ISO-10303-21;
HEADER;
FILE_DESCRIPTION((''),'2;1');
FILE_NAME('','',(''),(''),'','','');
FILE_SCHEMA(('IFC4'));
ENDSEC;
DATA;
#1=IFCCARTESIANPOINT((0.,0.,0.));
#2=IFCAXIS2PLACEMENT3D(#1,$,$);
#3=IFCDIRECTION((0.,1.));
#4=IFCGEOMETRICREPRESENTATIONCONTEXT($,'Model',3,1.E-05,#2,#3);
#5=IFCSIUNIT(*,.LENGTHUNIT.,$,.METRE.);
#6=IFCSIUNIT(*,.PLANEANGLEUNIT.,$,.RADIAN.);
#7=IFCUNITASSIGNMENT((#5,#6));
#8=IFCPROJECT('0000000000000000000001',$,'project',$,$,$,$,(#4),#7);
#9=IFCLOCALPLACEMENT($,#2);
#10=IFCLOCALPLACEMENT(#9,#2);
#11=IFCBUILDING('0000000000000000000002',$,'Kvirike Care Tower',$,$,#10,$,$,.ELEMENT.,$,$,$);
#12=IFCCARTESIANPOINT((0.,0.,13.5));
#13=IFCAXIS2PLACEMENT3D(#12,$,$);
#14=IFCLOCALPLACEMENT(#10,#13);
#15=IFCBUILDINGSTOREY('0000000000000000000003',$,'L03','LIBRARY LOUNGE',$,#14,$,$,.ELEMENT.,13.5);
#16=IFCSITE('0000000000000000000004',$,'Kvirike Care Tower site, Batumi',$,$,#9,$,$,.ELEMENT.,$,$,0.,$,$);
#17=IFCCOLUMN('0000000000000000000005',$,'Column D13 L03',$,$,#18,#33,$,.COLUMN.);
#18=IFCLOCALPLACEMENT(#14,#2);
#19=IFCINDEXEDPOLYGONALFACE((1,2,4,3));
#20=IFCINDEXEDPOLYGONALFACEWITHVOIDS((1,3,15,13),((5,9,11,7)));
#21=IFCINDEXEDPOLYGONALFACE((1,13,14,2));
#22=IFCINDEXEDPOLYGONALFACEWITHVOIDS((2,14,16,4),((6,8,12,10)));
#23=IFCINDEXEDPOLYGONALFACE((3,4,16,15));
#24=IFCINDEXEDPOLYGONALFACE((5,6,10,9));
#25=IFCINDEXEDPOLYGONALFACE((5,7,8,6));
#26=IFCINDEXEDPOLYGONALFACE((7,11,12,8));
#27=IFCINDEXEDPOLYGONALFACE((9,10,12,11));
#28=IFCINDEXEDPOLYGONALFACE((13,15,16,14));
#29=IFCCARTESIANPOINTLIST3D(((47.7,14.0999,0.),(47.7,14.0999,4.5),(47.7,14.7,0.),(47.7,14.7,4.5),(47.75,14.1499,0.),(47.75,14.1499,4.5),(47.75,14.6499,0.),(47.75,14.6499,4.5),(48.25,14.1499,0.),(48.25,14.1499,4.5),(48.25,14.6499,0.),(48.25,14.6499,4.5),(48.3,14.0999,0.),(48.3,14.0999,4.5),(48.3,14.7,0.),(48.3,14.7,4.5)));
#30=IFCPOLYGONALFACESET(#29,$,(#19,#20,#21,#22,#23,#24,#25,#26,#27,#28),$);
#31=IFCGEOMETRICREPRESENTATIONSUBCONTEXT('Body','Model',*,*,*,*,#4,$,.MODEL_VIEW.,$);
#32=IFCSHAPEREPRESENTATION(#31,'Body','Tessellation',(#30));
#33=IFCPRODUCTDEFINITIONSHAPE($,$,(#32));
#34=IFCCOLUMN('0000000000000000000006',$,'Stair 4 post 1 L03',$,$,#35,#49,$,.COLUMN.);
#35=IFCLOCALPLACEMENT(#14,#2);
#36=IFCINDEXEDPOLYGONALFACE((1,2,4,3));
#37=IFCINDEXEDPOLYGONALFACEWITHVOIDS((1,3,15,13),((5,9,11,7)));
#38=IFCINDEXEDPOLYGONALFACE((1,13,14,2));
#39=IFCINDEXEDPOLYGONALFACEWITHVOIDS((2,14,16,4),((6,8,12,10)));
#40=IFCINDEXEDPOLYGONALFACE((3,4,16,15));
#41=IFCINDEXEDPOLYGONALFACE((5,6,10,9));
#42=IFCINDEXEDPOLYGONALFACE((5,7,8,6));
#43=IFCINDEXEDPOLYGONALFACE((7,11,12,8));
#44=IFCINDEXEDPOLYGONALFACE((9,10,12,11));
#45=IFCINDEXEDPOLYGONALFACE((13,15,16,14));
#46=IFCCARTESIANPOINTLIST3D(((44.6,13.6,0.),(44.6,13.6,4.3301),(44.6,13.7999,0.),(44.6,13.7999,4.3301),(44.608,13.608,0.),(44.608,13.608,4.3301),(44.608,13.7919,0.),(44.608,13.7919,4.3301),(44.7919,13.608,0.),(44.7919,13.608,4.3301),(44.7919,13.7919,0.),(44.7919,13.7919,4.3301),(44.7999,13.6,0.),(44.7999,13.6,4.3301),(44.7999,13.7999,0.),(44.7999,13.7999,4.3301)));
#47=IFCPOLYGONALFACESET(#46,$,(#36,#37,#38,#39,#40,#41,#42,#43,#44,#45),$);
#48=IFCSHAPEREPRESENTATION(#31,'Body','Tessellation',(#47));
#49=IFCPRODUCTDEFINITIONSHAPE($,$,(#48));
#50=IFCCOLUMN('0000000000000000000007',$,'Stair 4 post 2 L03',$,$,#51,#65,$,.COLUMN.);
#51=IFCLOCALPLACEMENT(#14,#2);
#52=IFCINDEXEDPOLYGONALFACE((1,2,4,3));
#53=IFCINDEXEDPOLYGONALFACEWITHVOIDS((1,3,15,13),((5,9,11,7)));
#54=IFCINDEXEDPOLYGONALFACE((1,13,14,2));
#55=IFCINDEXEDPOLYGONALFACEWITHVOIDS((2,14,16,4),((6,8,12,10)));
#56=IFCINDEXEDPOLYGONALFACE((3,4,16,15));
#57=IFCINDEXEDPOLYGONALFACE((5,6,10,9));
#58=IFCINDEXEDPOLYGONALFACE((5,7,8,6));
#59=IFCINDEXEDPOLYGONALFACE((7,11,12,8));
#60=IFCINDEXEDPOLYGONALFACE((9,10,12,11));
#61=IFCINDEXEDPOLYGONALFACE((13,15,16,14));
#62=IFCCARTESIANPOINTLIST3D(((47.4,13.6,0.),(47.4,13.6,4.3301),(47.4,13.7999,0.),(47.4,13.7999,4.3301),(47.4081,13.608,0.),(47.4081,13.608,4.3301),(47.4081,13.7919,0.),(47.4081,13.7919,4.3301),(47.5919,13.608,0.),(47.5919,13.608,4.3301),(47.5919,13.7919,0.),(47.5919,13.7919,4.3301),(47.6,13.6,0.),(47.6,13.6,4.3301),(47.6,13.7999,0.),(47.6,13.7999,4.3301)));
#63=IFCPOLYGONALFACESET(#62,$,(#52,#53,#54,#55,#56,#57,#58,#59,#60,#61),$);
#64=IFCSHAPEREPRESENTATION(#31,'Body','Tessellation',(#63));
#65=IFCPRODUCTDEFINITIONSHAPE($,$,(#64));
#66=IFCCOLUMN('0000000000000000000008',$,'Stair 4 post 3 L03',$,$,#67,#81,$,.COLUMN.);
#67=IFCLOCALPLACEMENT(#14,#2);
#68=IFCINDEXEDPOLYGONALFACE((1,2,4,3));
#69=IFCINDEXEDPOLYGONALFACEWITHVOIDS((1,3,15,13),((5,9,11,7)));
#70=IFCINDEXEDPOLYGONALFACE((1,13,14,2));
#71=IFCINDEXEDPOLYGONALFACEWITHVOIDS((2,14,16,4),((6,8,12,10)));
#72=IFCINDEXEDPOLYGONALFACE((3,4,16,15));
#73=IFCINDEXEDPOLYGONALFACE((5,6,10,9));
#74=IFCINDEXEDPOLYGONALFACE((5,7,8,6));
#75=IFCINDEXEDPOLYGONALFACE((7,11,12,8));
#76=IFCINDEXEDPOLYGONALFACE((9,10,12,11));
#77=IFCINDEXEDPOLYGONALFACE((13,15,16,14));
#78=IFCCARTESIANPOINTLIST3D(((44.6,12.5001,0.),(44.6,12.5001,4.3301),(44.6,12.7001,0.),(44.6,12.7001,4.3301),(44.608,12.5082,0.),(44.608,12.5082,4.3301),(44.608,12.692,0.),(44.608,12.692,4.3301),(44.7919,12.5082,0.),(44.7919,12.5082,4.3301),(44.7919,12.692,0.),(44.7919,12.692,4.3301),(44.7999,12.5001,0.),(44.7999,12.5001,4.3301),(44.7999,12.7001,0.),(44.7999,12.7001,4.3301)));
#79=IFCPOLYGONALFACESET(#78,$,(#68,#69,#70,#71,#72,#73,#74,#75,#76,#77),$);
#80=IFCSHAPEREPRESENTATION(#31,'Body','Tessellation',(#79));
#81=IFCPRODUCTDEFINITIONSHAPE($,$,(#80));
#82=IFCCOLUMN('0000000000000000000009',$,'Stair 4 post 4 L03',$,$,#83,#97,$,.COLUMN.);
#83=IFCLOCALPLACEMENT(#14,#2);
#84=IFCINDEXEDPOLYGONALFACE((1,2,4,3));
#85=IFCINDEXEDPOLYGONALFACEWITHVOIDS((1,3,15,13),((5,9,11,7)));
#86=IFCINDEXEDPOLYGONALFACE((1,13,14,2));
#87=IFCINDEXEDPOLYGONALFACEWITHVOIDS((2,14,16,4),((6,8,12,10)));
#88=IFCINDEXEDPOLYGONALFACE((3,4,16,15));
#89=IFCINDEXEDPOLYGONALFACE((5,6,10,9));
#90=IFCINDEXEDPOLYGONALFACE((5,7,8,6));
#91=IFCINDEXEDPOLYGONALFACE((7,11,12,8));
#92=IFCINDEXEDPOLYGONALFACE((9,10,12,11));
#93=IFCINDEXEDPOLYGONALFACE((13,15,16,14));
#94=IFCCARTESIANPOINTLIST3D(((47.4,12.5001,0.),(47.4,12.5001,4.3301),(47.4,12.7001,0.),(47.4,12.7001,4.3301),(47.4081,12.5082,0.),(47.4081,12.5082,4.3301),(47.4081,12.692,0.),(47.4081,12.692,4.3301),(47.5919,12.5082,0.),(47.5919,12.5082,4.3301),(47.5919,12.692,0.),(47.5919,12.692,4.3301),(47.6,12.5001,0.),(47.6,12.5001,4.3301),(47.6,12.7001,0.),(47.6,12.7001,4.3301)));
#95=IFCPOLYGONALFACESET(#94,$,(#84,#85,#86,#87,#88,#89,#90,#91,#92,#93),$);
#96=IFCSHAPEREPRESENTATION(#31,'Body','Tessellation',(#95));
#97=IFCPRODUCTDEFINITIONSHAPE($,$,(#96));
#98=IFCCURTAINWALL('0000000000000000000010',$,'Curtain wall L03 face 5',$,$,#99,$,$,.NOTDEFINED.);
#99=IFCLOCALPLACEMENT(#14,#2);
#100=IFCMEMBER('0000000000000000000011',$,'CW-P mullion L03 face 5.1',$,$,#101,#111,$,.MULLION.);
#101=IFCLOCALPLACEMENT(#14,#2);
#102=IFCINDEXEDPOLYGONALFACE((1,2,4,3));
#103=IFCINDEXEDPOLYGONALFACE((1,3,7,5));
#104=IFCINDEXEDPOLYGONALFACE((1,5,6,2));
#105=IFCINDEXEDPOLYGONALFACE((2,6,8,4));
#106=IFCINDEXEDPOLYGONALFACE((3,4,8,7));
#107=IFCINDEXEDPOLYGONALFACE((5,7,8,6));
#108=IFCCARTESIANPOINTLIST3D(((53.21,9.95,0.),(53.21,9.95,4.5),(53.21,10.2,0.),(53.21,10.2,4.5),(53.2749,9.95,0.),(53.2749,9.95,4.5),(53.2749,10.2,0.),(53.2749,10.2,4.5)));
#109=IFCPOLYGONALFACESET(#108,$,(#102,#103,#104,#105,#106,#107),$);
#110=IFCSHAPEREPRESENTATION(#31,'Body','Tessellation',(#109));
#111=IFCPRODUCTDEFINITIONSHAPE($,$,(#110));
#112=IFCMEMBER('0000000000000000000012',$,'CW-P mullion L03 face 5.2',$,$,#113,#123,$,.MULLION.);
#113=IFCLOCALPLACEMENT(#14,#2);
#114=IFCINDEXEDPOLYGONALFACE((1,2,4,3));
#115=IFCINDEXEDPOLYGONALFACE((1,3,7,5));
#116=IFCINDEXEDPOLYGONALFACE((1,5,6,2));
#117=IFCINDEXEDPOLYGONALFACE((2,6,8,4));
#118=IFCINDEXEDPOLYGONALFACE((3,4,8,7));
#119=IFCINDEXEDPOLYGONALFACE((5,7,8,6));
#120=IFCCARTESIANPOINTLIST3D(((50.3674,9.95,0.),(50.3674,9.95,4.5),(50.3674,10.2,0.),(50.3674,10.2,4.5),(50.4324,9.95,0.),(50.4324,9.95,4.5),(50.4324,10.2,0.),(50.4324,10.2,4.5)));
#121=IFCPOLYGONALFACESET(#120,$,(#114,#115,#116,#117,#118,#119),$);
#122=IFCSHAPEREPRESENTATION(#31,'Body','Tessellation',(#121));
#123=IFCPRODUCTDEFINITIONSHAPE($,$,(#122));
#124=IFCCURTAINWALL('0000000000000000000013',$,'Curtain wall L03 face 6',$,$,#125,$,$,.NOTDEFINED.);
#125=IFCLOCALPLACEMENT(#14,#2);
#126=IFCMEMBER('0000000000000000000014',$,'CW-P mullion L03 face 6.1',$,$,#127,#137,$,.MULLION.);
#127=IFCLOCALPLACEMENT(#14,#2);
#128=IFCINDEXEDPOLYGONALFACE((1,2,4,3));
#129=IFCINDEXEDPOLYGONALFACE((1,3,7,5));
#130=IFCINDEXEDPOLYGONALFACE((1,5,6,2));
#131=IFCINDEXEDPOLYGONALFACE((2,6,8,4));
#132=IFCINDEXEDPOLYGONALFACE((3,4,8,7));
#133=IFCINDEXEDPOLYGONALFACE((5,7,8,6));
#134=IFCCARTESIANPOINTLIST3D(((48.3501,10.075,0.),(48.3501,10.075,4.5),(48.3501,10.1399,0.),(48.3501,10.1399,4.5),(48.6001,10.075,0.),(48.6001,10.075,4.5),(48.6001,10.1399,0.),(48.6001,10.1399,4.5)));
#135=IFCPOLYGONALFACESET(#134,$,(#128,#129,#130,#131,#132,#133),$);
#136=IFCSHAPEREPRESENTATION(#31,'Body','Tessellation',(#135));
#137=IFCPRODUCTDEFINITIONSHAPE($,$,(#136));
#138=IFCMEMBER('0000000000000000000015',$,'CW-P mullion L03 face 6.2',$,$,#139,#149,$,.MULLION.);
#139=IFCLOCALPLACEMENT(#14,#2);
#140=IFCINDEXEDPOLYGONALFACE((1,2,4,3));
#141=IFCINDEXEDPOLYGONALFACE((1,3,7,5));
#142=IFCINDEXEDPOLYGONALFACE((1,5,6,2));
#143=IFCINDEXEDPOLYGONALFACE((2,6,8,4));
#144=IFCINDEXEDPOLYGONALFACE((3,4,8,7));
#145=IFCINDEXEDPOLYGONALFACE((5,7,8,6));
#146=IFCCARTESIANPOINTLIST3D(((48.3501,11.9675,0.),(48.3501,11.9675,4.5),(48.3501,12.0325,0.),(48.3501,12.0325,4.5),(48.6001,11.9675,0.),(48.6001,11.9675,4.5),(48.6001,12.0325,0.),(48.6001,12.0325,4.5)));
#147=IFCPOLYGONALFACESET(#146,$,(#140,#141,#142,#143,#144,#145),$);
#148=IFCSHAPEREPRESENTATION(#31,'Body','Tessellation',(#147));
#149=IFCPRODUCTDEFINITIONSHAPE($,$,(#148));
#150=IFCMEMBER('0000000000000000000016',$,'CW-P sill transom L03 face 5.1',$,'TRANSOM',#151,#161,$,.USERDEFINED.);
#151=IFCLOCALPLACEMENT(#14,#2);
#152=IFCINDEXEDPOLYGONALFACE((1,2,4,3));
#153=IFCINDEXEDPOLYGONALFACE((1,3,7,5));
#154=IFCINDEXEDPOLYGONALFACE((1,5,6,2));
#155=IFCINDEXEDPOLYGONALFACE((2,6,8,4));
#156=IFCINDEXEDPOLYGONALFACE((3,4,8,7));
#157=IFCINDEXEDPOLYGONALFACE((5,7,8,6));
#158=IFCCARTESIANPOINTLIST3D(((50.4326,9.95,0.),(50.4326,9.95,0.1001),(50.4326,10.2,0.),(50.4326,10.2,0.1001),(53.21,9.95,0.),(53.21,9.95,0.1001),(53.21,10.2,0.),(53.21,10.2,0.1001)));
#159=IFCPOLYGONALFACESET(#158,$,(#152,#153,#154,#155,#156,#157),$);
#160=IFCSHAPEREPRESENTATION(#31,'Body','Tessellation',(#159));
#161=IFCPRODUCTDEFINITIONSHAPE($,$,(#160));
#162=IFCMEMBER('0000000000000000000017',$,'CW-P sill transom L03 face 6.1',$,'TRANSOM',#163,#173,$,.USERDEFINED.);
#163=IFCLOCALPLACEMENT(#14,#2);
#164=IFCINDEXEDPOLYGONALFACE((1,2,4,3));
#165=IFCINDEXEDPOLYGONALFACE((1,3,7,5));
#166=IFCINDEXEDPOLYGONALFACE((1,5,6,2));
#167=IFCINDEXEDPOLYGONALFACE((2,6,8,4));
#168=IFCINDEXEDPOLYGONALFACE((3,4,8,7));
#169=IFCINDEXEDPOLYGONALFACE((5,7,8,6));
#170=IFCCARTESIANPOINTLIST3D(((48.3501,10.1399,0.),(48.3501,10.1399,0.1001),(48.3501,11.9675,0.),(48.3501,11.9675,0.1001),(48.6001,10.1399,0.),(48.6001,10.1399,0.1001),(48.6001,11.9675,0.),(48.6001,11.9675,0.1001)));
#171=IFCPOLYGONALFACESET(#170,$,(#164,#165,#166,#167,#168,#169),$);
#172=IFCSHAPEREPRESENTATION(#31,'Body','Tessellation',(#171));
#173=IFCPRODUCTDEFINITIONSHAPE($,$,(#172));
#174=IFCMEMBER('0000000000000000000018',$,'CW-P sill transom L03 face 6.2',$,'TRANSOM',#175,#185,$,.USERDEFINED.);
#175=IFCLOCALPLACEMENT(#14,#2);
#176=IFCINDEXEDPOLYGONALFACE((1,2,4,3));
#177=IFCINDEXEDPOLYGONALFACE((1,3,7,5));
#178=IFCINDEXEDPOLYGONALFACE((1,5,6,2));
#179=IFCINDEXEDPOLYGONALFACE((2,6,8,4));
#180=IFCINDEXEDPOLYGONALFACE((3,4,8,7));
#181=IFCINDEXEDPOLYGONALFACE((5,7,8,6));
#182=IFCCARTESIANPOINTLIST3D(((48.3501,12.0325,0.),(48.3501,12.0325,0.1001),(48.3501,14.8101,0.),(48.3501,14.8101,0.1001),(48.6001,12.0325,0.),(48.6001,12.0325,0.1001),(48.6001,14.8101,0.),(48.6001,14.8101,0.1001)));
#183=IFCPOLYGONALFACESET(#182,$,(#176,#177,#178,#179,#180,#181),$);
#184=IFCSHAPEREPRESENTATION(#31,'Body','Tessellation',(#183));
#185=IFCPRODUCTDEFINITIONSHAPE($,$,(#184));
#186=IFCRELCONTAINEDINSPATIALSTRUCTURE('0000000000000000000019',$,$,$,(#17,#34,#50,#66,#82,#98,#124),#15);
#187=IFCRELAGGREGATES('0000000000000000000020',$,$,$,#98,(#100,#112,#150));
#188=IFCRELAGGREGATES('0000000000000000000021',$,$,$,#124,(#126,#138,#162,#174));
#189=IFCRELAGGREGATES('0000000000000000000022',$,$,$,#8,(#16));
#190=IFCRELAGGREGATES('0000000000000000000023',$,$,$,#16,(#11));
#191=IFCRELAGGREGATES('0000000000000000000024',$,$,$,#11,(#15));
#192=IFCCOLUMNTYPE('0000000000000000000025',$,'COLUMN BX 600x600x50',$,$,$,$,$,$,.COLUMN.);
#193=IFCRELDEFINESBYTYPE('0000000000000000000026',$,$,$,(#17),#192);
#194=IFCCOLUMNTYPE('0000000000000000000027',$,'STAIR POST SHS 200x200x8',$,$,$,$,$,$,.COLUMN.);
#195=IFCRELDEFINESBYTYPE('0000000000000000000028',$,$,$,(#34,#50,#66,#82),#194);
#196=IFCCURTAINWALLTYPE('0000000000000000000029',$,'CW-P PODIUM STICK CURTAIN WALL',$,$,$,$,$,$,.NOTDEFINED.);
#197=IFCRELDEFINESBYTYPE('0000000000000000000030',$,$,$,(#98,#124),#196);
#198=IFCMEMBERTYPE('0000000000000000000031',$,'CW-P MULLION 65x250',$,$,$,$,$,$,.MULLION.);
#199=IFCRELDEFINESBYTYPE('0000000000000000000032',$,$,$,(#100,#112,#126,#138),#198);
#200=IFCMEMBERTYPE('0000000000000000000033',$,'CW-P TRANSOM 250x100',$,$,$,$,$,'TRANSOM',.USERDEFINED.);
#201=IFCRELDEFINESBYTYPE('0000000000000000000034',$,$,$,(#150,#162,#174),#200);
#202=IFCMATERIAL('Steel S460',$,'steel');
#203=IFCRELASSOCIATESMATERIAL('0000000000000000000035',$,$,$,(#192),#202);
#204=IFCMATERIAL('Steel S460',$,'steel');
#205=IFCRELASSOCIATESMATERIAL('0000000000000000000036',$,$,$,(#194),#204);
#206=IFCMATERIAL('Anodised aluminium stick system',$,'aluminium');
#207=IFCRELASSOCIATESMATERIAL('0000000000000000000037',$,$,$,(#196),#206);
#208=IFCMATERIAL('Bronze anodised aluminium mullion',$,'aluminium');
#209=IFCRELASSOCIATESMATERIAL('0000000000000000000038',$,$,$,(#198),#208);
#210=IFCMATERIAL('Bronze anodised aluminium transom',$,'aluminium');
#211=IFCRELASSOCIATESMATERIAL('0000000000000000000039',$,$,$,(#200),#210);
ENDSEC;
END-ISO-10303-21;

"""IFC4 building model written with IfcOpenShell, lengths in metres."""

from ifc_helpers import new_model, si_unit, direction, frame, origin, origin_2d, place, context, subcontext, project, spatial, rectangle, hollow_rectangle, extrude, material, material_profile, profile_set, type_object, element, aggregate, save


model = new_model("IFC4")

# Units and contexts
model_context = context("Model", 3, precision=1e-05, world=origin(), true_north=direction((0.0, 1.0)))
body_context = subcontext(model_context, "Body", "Model", "MODEL_VIEW")
ifc_project = project(units=[si_unit("LENGTHUNIT", "METRE"), si_unit("PLANEANGLEUNIT", "RADIAN")], contexts=[model_context])

# Site, building, storey
site_placement = place(None, origin())
site = spatial("IfcSite", under=ifc_project, at=site_placement, Name="Kvirike Care Tower site, Batumi", CompositionType="ELEMENT", RefElevation=0.0)
building_placement = place(site_placement, origin())
building = spatial("IfcBuilding", under=site, at=building_placement, Name="Kvirike Care Tower", CompositionType="ELEMENT")
storey_placement = place(building_placement, frame((0.0, 0.0, 13.5)))
storey = spatial("IfcBuildingStorey", under=building, at=storey_placement, Name="L03", Description="LIBRARY LOUNGE", CompositionType="ELEMENT", Elevation=13.5)

# Columns
ifc_material_1 = material(Name="Steel S460", Category="steel")
ifc_material_profile_1 = material_profile(ifc_material_1, hollow_rectangle(XDim=0.6001, YDim=0.6001, WallThickness=0.05, at=origin_2d()), Name="BX 600x600x50")
ifc_profile_set_1 = profile_set([ifc_material_profile_1], Name="Steel S460")
column_type_1 = type_object("IfcColumnType", Name="COLUMN BX 600x600x50", PredefinedType="COLUMN", material=ifc_profile_set_1)
column_placement = place(storey_placement, frame((48.0, 14.3999, 0.0), z_axis=(0.0, 0.0, 1.0), x_axis=(0.0, 1.0, 0.0)))
element("IfcColumn", 1, at=column_placement, inside=storey, type_object=column_type_1, Name="Column D13 L03", PredefinedType="COLUMN", context=body_context, shape_type="SweptSolid", body=[
    extrude(hollow_rectangle(XDim=0.6001, YDim=0.6001, WallThickness=0.05, at=origin_2d()), origin(), (0.0, 0.0, 1.0), 4.5),
])
ifc_material_2 = material(Name="Steel S460", Category="steel")
ifc_material_profile_2 = material_profile(ifc_material_2, hollow_rectangle(XDim=0.2, YDim=0.2, WallThickness=0.0081, at=origin_2d()), Name="SHS 200x200x8")
ifc_profile_set_2 = profile_set([ifc_material_profile_2], Name="Steel S460")
column_type_2 = type_object("IfcColumnType", Name="STAIR POST SHS 200x200x8", PredefinedType="COLUMN", material=ifc_profile_set_2)
for number, where, z_axis, x_axis, name in (
    (2, (44.7, 13.7, 0.0), (0.0, 0.0, 1.0), (1.0, 0.0, 0.0), "Stair 4 post 1 L03"),
    (3, (47.5, 13.7, 0.0), (0.0, 0.0, 1.0), (1.0, 0.0, 0.0), "Stair 4 post 2 L03"),
    (4, (44.7, 12.6001, 0.0), (0.0, 0.0, 1.0), (1.0, 0.0, 0.0), "Stair 4 post 3 L03"),
    (5, (47.5, 12.6001, 0.0), (0.0, 0.0, 1.0), (1.0, 0.0, 0.0), "Stair 4 post 4 L03"),
):
    element("IfcColumn", number, at=place(storey_placement, frame(where, z_axis=z_axis, x_axis=x_axis)), inside=storey, type_object=column_type_2, Name=name, PredefinedType="COLUMN", context=body_context, shape_type="SweptSolid", body=[
        extrude(hollow_rectangle(XDim=0.2, YDim=0.2, WallThickness=0.0081, at=origin_2d()), origin(), (0.0, 0.0, 1.0), 4.3301),
    ])

# Curtain walls, members
ifc_material_3 = material(Name="Anodised aluminium stick system", Category="aluminium")
curtain_wall_type = type_object("IfcCurtainWallType", Name="CW-P PODIUM STICK CURTAIN WALL", PredefinedType="NOTDEFINED", material=ifc_material_3)
curtain_wall_1_placement = place(storey_placement, origin())
curtain_wall_1 = element("IfcCurtainWall", 6, at=curtain_wall_1_placement, inside=storey, type_object=curtain_wall_type, Name="Curtain wall L03 face 5", PredefinedType="NOTDEFINED")
ifc_material_4 = material(Name="Bronze anodised aluminium mullion", Category="aluminium")
ifc_material_profile_3 = material_profile(ifc_material_4, rectangle(XDim=0.0649, YDim=0.25, at=origin_2d()), Name="CW-P MULLION 65x250")
ifc_profile_set_3 = profile_set([ifc_material_profile_3], Name="Bronze anodised aluminium mullion")
member_type_1 = type_object("IfcMemberType", Name="CW-P MULLION 65x250", PredefinedType="MULLION", material=ifc_profile_set_3)
member_1_placement = place(storey_placement, frame((53.2424, 10.075, 0.0), z_axis=(0.0, 0.0, 1.0), x_axis=(-1.0, 0.0, 0.0)))
member_1 = element("IfcMember", 7, at=member_1_placement, type_object=member_type_1, Name="CW-P mullion L03 face 5.1", PredefinedType="MULLION", context=body_context, shape_type="SweptSolid", body=[
    extrude(rectangle(XDim=0.0649, YDim=0.25, at=origin_2d()), origin(), (0.0, 0.0, 1.0), 4.5),
])
member_2_placement = place(storey_placement, frame((50.3999, 10.075, 0.0), z_axis=(0.0, 0.0, 1.0), x_axis=(-1.0, 0.0, 0.0)))
member_2 = element("IfcMember", 8, at=member_2_placement, type_object=member_type_1, Name="CW-P mullion L03 face 5.2", PredefinedType="MULLION", context=body_context, shape_type="SweptSolid", body=[
    extrude(rectangle(XDim=0.0649, YDim=0.25, at=origin_2d()), origin(), (0.0, 0.0, 1.0), 4.5),
])
curtain_wall_2_placement = place(storey_placement, origin())
curtain_wall_2 = element("IfcCurtainWall", 9, at=curtain_wall_2_placement, inside=storey, type_object=curtain_wall_type, Name="Curtain wall L03 face 6", PredefinedType="NOTDEFINED")
member_3_placement = place(storey_placement, frame((48.4751, 10.1074, 0.0), z_axis=(0.0, 0.0, 1.0), x_axis=(0.0, 1.0, 0.0)))
member_3 = element("IfcMember", 10, at=member_3_placement, type_object=member_type_1, Name="CW-P mullion L03 face 6.1", PredefinedType="MULLION", context=body_context, shape_type="SweptSolid", body=[
    extrude(rectangle(XDim=0.0649, YDim=0.25, at=origin_2d()), origin(), (0.0, 0.0, 1.0), 4.5),
])
member_4_placement = place(storey_placement, frame((48.4751, 12.0, 0.0), z_axis=(0.0, 0.0, 1.0), x_axis=(0.0, 1.0, 0.0)))
member_4 = element("IfcMember", 11, at=member_4_placement, type_object=member_type_1, Name="CW-P mullion L03 face 6.2", PredefinedType="MULLION", context=body_context, shape_type="SweptSolid", body=[
    extrude(rectangle(XDim=0.0649, YDim=0.25, at=origin_2d()), origin(), (0.0, 0.0, 1.0), 4.5),
])

# Members
ifc_material_5 = material(Name="Bronze anodised aluminium transom", Category="aluminium")
ifc_material_profile_4 = material_profile(ifc_material_5, rectangle(XDim=0.25, YDim=0.1001, at=origin_2d()), Name="CW-P TRANSOM 250x100")
ifc_profile_set_4 = profile_set([ifc_material_profile_4], Name="Bronze anodised aluminium transom")
member_type_2 = type_object("IfcMemberType", Name="CW-P TRANSOM 250x100", ElementType="TRANSOM", PredefinedType="USERDEFINED", material=ifc_profile_set_4)
member_5_placement = place(storey_placement, frame((53.21, 10.075, 0.05), z_axis=(-1.0, 0.0, 0.0), x_axis=(0.0, -1.0, 0.0)))
member_5 = element("IfcMember", 12, at=member_5_placement, type_object=member_type_2, Name="CW-P sill transom L03 face 5.1", ObjectType="TRANSOM", PredefinedType="USERDEFINED", context=body_context, shape_type="SweptSolid", body=[
    extrude(rectangle(XDim=0.25, YDim=0.1001, at=origin_2d()), origin(), (0.0, 0.0, 1.0), 2.7773),
])
member_6_placement = place(storey_placement, frame((48.4751, 10.1399, 0.05), z_axis=(0.0, 1.0, 0.0), x_axis=(-1.0, 0.0, 0.0)))
member_6 = element("IfcMember", 13, at=member_6_placement, type_object=member_type_2, Name="CW-P sill transom L03 face 6.1", ObjectType="TRANSOM", PredefinedType="USERDEFINED", context=body_context, shape_type="SweptSolid", body=[
    extrude(rectangle(XDim=0.25, YDim=0.1001, at=origin_2d()), origin(), (0.0, 0.0, 1.0), 1.8276),
])
member_7_placement = place(storey_placement, frame((48.4751, 12.0325, 0.05), z_axis=(0.0, 1.0, 0.0), x_axis=(-1.0, 0.0, 0.0)))
member_7 = element("IfcMember", 14, at=member_7_placement, type_object=member_type_2, Name="CW-P sill transom L03 face 6.2", ObjectType="TRANSOM", PredefinedType="USERDEFINED", context=body_context, shape_type="SweptSolid", body=[
    extrude(rectangle(XDim=0.25, YDim=0.1001, at=origin_2d()), origin(), (0.0, 0.0, 1.0), 2.7776),
])

aggregate(curtain_wall_1, [member_1, member_2, member_5])
aggregate(curtain_wall_2, [member_3, member_4, member_6, member_7])

save(model, "model.ifc")
